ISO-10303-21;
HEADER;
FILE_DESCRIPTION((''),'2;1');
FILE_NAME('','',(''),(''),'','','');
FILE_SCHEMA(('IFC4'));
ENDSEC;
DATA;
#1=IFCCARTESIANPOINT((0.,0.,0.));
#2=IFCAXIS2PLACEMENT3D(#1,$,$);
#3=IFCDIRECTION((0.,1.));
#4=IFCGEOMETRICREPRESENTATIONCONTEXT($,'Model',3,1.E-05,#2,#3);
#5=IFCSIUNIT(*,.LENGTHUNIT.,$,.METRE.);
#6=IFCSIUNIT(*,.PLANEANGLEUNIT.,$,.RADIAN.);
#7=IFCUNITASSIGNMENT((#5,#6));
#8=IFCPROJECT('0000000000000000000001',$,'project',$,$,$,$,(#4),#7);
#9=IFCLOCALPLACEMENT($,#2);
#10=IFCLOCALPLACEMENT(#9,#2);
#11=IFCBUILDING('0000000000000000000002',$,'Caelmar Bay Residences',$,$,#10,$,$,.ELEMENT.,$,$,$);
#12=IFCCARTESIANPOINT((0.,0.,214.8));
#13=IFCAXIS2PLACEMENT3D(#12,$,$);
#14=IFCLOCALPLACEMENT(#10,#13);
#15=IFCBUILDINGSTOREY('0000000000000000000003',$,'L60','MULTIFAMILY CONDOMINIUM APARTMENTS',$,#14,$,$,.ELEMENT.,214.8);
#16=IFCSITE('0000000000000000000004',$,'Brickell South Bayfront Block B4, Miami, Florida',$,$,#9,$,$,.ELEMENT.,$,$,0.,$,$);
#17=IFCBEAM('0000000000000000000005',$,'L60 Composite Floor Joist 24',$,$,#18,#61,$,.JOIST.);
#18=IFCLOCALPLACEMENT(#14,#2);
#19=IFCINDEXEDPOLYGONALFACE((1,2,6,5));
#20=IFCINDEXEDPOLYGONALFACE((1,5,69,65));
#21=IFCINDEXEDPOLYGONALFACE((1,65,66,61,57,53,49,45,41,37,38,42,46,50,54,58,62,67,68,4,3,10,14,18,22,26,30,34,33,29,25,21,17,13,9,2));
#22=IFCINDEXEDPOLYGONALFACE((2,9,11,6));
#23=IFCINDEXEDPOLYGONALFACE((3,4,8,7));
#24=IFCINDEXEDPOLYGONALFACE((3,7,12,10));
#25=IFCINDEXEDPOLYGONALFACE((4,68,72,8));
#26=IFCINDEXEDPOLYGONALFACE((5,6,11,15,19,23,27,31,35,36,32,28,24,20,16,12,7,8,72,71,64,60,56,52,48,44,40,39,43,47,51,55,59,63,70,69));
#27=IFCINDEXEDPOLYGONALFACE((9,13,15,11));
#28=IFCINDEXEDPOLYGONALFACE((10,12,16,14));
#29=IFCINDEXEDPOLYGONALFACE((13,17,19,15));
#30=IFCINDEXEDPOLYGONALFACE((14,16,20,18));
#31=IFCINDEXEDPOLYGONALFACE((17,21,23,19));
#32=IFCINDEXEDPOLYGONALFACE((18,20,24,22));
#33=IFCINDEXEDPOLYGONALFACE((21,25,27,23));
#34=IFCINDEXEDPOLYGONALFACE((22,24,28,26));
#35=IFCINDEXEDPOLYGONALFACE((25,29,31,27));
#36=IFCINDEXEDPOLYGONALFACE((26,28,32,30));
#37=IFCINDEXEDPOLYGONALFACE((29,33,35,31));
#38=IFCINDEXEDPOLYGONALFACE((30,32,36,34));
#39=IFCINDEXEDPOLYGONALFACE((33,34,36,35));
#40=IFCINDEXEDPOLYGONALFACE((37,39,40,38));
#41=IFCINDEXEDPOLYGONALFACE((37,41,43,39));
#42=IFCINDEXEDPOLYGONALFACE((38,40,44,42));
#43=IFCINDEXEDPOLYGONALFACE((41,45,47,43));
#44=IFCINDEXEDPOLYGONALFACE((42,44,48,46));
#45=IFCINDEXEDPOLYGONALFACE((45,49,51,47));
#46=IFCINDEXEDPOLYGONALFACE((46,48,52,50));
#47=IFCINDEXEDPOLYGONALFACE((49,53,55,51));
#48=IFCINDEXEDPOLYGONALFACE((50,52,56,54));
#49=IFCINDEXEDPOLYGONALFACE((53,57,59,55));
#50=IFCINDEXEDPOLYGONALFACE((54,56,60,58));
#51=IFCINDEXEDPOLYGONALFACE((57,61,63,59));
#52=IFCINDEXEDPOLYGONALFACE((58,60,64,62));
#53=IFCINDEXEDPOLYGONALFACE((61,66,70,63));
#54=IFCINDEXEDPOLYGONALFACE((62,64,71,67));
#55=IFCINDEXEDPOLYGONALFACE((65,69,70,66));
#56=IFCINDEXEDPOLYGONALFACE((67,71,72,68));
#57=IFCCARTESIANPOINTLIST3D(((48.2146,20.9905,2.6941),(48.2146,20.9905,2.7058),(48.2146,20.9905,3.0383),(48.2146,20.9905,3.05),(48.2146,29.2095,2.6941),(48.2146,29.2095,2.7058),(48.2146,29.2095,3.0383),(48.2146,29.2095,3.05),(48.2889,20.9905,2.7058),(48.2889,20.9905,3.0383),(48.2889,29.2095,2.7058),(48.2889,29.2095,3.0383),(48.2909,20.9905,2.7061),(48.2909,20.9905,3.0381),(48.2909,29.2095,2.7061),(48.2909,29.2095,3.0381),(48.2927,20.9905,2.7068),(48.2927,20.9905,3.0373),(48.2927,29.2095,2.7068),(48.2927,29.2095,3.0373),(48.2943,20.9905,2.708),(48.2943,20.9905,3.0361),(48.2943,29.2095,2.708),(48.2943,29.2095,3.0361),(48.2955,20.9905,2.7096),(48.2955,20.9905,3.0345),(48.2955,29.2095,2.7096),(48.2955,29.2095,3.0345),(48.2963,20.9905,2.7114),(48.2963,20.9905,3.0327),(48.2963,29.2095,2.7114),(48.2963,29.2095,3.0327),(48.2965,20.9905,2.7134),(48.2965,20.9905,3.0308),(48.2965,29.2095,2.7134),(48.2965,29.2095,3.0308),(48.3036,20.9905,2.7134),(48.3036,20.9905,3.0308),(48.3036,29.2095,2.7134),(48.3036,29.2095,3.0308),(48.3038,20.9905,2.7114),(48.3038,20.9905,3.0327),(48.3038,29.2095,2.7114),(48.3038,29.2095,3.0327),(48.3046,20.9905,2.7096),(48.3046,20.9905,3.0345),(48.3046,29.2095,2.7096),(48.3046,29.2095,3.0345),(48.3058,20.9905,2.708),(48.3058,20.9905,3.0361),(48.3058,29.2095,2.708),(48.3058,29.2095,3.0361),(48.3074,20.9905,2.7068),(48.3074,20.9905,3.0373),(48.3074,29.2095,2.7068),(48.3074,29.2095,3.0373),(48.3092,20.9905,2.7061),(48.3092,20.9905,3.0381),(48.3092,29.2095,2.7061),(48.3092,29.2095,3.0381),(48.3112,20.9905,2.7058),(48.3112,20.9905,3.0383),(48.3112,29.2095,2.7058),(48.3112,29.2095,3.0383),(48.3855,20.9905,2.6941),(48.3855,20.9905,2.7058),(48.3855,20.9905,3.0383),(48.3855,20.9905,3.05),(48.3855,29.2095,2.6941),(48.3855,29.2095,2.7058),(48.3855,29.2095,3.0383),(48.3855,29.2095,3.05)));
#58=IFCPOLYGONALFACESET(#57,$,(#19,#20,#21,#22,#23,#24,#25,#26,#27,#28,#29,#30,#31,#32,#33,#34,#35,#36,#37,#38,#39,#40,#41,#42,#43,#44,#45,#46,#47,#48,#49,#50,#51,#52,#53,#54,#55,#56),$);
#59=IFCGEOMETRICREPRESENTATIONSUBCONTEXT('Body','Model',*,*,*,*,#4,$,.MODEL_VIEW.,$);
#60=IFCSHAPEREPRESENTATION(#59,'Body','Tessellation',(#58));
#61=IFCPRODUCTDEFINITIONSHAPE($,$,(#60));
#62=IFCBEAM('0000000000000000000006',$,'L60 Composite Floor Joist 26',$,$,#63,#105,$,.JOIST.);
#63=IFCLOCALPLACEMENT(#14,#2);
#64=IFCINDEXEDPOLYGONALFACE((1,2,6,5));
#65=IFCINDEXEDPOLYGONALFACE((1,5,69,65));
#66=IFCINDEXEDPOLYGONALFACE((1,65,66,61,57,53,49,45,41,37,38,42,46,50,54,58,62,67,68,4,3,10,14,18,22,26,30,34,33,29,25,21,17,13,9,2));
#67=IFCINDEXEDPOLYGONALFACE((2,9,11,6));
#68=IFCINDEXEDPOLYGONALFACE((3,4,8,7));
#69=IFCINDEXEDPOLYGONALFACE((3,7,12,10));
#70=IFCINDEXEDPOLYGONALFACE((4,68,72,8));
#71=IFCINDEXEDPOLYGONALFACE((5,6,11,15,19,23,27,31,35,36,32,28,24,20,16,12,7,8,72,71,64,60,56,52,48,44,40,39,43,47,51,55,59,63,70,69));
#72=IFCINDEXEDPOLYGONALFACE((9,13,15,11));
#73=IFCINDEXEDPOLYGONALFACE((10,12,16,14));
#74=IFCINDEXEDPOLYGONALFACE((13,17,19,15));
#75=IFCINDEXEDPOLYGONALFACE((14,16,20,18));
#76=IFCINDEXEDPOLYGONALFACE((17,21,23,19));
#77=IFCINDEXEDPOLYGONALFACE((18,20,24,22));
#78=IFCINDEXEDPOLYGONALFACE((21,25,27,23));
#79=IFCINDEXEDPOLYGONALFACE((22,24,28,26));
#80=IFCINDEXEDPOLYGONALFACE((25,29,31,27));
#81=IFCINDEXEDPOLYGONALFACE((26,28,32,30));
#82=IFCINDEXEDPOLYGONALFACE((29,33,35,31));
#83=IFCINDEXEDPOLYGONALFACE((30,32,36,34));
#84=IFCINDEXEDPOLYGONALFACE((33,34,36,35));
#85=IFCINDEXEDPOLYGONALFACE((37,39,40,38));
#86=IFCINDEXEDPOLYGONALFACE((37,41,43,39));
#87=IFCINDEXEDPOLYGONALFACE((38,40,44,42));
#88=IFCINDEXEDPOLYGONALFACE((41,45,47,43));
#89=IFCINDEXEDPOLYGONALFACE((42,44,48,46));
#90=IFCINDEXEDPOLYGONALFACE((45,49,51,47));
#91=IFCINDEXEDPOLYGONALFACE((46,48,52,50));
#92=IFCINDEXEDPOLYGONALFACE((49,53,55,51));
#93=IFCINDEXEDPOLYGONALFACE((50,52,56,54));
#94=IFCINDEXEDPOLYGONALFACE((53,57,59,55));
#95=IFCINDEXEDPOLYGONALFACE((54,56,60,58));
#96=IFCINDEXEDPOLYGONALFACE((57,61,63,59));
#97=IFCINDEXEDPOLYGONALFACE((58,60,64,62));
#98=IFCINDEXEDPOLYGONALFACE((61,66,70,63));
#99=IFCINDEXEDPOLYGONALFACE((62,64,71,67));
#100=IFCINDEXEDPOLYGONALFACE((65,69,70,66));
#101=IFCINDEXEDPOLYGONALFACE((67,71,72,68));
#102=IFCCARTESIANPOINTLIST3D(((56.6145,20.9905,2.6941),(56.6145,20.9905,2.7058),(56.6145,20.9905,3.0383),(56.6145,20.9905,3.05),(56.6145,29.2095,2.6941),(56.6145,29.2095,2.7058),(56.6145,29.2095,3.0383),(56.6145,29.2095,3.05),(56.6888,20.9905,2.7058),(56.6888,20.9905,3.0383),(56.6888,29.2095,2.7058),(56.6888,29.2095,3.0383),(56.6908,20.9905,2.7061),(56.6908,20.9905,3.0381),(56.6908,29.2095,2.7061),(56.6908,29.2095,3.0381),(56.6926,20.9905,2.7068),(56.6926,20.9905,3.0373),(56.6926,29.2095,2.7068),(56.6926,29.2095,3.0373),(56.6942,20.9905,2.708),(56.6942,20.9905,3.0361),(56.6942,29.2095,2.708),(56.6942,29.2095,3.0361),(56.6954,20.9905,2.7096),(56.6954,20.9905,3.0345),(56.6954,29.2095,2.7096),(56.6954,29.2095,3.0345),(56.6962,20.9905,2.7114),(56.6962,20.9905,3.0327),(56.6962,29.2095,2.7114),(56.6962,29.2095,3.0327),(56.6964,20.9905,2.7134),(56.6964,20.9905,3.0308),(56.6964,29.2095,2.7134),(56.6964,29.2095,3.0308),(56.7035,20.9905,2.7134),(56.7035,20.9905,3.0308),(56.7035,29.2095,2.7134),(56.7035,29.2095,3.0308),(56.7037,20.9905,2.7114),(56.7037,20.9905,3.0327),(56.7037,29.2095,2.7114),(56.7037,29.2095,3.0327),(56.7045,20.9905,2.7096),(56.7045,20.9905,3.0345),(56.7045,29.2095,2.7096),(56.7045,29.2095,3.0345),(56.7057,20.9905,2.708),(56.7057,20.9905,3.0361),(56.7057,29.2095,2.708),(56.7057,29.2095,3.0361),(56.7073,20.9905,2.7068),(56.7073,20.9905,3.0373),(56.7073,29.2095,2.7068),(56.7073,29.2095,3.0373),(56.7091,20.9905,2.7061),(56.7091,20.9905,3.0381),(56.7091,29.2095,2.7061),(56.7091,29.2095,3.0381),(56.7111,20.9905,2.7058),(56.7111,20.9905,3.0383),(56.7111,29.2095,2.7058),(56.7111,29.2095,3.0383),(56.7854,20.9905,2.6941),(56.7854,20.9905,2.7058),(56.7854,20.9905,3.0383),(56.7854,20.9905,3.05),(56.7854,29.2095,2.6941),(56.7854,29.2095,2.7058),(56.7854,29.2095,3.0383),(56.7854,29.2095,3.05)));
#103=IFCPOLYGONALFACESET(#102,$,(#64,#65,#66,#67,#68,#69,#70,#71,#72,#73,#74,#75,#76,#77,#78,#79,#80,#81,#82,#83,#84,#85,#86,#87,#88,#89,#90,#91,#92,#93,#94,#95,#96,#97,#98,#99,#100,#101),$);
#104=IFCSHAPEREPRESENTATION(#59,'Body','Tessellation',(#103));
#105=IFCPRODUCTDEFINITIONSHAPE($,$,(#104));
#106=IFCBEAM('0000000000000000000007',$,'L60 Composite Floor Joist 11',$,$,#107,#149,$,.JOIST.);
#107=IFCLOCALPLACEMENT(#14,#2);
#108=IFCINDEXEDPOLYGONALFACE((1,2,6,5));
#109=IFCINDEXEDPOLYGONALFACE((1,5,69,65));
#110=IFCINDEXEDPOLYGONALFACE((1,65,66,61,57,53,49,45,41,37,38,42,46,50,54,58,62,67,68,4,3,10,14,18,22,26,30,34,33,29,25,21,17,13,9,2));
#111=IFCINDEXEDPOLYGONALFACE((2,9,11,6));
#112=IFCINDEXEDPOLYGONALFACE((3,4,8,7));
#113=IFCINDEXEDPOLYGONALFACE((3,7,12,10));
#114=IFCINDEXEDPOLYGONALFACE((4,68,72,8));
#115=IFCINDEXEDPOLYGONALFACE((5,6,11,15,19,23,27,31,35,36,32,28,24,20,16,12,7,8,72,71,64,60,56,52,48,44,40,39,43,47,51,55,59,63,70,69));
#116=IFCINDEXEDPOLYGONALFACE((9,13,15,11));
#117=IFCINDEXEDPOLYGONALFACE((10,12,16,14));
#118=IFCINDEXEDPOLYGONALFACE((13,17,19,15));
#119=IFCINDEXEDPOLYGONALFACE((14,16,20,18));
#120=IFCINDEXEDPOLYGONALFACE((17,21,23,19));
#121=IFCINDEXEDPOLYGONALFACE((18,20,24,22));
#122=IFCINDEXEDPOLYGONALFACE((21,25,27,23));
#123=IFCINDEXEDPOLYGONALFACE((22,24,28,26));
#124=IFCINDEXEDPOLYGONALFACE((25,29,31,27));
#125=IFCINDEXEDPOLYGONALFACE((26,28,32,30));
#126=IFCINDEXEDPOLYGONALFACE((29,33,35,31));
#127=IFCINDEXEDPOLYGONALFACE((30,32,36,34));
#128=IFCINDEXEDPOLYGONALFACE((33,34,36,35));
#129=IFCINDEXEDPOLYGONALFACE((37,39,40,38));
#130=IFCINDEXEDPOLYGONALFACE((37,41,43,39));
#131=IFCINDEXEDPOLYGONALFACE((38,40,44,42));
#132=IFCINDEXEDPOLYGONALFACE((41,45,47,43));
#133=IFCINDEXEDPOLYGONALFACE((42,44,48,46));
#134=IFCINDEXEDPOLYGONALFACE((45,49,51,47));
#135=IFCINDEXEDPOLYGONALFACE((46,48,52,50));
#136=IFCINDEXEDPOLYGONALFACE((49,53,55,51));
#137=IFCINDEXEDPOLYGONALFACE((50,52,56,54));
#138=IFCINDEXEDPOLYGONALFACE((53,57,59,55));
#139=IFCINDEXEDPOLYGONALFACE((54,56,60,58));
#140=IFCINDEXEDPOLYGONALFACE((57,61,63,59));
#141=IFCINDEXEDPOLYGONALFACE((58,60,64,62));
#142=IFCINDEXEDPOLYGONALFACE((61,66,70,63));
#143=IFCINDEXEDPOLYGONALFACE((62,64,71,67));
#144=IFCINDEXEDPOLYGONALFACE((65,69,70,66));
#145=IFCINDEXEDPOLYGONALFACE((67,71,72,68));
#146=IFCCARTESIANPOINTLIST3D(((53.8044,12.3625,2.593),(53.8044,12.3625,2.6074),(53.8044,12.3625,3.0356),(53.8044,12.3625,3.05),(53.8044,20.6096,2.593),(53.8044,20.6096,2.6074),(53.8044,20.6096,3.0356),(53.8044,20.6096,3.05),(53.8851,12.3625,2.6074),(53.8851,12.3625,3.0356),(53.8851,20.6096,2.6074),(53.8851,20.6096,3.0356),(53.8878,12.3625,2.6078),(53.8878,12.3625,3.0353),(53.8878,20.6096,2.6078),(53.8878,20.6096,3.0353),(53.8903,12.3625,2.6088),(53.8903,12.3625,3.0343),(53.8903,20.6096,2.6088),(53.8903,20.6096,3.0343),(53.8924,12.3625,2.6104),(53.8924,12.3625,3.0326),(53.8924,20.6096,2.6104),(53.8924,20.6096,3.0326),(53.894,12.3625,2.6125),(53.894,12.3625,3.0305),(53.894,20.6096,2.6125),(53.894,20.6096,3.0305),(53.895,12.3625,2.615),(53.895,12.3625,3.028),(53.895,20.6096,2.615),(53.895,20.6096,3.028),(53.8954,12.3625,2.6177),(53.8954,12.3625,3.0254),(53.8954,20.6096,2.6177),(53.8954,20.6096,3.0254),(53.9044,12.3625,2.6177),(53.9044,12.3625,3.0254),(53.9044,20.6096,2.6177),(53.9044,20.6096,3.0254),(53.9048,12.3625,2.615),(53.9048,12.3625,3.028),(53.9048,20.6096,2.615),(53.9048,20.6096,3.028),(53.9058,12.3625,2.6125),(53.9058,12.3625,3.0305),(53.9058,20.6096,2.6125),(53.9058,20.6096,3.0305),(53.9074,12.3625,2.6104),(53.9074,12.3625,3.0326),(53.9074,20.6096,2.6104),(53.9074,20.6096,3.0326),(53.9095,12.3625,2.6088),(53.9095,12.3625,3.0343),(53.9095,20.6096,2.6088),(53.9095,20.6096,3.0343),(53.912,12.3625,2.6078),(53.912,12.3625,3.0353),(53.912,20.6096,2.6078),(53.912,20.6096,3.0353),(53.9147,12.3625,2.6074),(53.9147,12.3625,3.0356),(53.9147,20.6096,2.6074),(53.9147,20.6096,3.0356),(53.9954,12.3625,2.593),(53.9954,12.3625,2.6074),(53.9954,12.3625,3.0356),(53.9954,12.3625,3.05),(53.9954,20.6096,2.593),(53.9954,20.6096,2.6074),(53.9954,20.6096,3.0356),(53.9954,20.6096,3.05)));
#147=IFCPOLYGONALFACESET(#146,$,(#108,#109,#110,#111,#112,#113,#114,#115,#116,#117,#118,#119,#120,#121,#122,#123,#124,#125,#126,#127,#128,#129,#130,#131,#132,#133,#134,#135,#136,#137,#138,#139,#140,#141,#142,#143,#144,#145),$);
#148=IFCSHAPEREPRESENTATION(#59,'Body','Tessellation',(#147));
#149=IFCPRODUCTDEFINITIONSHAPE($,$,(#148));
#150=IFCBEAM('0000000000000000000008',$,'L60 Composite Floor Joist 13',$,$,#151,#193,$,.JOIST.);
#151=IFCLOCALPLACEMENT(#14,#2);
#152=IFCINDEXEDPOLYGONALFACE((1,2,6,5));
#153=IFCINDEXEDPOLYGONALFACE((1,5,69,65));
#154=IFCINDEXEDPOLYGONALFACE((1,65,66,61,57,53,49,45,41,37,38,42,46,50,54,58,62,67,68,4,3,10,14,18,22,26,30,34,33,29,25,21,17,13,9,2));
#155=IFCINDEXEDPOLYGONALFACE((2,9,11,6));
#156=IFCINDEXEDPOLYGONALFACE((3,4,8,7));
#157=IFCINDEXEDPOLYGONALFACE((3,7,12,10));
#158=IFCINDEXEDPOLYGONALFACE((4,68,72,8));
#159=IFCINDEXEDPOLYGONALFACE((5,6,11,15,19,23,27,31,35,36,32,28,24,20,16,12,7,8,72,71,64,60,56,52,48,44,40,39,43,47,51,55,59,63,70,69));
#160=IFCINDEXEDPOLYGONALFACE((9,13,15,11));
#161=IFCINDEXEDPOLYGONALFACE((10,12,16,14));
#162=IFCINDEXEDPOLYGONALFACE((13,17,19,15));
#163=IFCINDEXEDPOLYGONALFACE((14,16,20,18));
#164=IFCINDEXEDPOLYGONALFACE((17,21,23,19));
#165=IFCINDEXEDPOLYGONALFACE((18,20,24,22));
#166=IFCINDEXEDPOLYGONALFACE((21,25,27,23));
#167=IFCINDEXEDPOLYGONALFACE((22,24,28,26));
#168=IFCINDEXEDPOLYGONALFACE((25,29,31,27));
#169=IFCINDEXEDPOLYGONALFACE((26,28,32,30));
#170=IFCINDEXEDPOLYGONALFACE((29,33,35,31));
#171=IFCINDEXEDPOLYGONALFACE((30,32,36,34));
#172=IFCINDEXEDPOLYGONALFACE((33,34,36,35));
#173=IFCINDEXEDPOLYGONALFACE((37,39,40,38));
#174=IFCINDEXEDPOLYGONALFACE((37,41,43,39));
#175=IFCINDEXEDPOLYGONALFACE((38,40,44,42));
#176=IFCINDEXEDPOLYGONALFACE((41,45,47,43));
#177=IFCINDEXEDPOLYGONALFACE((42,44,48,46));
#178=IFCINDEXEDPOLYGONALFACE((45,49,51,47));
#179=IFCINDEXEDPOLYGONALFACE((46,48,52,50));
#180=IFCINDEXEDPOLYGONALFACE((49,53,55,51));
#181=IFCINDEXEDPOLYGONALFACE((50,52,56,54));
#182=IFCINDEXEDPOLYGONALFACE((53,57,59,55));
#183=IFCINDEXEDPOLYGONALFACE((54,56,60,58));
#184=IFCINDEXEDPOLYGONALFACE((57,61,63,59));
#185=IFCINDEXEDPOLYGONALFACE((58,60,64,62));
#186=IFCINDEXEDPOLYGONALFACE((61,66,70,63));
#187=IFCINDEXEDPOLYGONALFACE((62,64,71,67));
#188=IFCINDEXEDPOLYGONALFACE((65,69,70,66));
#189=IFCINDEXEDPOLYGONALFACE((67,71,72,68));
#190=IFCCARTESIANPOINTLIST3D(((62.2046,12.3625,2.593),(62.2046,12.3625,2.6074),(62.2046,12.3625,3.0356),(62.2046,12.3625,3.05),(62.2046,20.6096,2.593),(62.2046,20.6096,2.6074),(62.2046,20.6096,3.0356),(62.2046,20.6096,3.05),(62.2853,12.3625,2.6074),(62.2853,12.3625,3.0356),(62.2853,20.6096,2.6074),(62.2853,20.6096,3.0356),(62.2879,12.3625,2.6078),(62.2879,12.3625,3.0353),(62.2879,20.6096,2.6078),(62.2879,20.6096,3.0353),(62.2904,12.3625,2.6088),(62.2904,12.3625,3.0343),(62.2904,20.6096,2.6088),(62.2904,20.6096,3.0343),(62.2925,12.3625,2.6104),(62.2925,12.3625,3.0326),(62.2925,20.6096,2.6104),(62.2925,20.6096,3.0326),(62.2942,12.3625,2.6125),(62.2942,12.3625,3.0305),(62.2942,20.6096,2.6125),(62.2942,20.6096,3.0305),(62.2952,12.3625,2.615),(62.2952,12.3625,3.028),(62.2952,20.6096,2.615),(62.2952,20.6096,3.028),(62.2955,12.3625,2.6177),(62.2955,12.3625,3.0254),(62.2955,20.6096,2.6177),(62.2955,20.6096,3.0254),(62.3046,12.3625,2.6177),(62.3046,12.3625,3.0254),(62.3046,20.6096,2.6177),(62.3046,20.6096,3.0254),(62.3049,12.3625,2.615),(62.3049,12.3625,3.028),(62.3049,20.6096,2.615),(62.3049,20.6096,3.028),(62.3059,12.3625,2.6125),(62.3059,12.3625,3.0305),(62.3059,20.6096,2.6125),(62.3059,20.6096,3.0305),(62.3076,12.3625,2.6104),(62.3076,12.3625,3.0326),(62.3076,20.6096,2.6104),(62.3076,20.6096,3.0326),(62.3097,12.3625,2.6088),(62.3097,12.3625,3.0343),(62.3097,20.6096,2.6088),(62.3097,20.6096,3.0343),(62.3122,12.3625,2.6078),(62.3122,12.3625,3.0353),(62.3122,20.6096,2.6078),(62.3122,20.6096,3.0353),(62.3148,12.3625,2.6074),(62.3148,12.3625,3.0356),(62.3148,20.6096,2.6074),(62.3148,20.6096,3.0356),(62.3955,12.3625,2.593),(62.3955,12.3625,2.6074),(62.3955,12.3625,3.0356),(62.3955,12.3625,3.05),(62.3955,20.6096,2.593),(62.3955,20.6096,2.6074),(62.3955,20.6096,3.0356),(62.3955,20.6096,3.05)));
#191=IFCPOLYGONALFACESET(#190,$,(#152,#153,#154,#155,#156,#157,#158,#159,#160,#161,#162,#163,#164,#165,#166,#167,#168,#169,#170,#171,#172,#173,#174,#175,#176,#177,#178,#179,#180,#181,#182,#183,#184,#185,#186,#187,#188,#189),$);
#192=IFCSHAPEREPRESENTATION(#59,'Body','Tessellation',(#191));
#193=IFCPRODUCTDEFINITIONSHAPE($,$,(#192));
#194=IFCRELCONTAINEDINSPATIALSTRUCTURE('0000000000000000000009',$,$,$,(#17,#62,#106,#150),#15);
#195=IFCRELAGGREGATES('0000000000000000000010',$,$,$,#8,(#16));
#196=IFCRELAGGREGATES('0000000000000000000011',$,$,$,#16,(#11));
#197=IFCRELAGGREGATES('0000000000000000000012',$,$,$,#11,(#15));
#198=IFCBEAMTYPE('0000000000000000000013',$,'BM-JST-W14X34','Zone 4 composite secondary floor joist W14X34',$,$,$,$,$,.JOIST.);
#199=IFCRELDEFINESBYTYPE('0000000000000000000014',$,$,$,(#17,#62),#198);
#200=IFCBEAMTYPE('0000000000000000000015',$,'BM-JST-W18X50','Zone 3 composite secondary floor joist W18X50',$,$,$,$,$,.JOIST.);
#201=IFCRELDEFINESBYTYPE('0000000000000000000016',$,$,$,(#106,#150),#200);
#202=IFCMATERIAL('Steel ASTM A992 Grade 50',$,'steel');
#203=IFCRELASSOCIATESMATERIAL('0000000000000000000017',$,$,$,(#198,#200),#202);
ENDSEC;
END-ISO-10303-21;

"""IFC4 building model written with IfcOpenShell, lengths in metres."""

from ifc_helpers import new_model, si_unit, direction, frame, origin, origin_2d, place, context, subcontext, project, spatial, i_section, extrude, material, material_profile, profile_set, type_object, element, save


model = new_model("IFC4")

# Units and contexts
model_context = context("Model", 3, precision=1e-05, world=origin(), true_north=direction((0.0, 1.0)))
body_context = subcontext(model_context, "Body", "Model", "MODEL_VIEW")
ifc_project = project(units=[si_unit("LENGTHUNIT", "METRE"), si_unit("PLANEANGLEUNIT", "RADIAN")], contexts=[model_context])

# Site, building, storey
site_placement = place(None, origin())
site = spatial("IfcSite", under=ifc_project, at=site_placement, Name="Brickell South Bayfront Block B4, Miami, Florida", CompositionType="ELEMENT", RefElevation=0.0)
building_placement = place(site_placement, origin())
building = spatial("IfcBuilding", under=site, at=building_placement, Name="Caelmar Bay Residences", CompositionType="ELEMENT")
storey_placement = place(building_placement, frame((0.0, 0.0, 214.8)))
storey = spatial("IfcBuildingStorey", under=building, at=storey_placement, Name="L60", Description="MULTIFAMILY CONDOMINIUM APARTMENTS", CompositionType="ELEMENT", Elevation=214.8)

# Beams
ifc_material_1 = material(Name="Steel ASTM A992 Grade 50", Category="steel")
ifc_material_profile_1 = material_profile(ifc_material_1, i_section(OverallWidth=0.1709, OverallDepth=0.356, WebThickness=0.0071, FlangeThickness=0.0117, FilletRadius=0.0076, at=origin_2d()), Name="W14X34")
ifc_profile_set_1 = profile_set([ifc_material_profile_1], Name="Steel ASTM A992 Grade 50")
beam_type_1 = type_object("IfcBeamType", Name="BM-JST-W14X34", Description="Zone 4 composite secondary floor joist W14X34", PredefinedType="JOIST", material=ifc_profile_set_1)
for number, where, z_axis, x_axis, name in (
    (1, (48.3, 20.9905, 2.8721), (0.0, 1.0, 0.0), (-1.0, 0.0, 0.0), "L60 Composite Floor Joist 24"),
    (2, (56.7, 20.9905, 2.8721), (0.0, 1.0, 0.0), (-1.0, 0.0, 0.0), "L60 Composite Floor Joist 26"),
):
    element("IfcBeam", number, at=place(storey_placement, frame(where, z_axis=z_axis, x_axis=x_axis)), inside=storey, type_object=beam_type_1, Name=name, PredefinedType="JOIST", context=body_context, shape_type="SweptSolid", body=[
        extrude(i_section(OverallWidth=0.1709, OverallDepth=0.356, WebThickness=0.0071, FlangeThickness=0.0117, FilletRadius=0.0076, at=origin_2d()), origin(), (0.0, 0.0, 1.0), 8.219),
    ])
ifc_material_profile_2 = material_profile(ifc_material_1, i_section(OverallWidth=0.1909, OverallDepth=0.457, WebThickness=0.009, FlangeThickness=0.0144, FilletRadius=0.0103, at=origin_2d()), Name="W18X50")
ifc_profile_set_2 = profile_set([ifc_material_profile_2], Name="Steel ASTM A992 Grade 50")
beam_type_2 = type_object("IfcBeamType", Name="BM-JST-W18X50", Description="Zone 3 composite secondary floor joist W18X50", PredefinedType="JOIST", material=ifc_profile_set_2)
for number, where, z_axis, x_axis, name in (
    (3, (53.8999, 12.3625, 2.8215), (0.0, 1.0, 0.0), (-1.0, 0.0, 0.0), "L60 Composite Floor Joist 11"),
    (4, (62.3, 12.3625, 2.8215), (0.0, 1.0, 0.0), (-1.0, 0.0, 0.0), "L60 Composite Floor Joist 13"),
):
    element("IfcBeam", number, at=place(storey_placement, frame(where, z_axis=z_axis, x_axis=x_axis)), inside=storey, type_object=beam_type_2, Name=name, PredefinedType="JOIST", context=body_context, shape_type="SweptSolid", body=[
        extrude(i_section(OverallWidth=0.1909, OverallDepth=0.457, WebThickness=0.009, FlangeThickness=0.0144, FilletRadius=0.0103, at=origin_2d()), origin(), (0.0, 0.0, 1.0), 8.2471),
    ])

save(model, "model.ifc")
